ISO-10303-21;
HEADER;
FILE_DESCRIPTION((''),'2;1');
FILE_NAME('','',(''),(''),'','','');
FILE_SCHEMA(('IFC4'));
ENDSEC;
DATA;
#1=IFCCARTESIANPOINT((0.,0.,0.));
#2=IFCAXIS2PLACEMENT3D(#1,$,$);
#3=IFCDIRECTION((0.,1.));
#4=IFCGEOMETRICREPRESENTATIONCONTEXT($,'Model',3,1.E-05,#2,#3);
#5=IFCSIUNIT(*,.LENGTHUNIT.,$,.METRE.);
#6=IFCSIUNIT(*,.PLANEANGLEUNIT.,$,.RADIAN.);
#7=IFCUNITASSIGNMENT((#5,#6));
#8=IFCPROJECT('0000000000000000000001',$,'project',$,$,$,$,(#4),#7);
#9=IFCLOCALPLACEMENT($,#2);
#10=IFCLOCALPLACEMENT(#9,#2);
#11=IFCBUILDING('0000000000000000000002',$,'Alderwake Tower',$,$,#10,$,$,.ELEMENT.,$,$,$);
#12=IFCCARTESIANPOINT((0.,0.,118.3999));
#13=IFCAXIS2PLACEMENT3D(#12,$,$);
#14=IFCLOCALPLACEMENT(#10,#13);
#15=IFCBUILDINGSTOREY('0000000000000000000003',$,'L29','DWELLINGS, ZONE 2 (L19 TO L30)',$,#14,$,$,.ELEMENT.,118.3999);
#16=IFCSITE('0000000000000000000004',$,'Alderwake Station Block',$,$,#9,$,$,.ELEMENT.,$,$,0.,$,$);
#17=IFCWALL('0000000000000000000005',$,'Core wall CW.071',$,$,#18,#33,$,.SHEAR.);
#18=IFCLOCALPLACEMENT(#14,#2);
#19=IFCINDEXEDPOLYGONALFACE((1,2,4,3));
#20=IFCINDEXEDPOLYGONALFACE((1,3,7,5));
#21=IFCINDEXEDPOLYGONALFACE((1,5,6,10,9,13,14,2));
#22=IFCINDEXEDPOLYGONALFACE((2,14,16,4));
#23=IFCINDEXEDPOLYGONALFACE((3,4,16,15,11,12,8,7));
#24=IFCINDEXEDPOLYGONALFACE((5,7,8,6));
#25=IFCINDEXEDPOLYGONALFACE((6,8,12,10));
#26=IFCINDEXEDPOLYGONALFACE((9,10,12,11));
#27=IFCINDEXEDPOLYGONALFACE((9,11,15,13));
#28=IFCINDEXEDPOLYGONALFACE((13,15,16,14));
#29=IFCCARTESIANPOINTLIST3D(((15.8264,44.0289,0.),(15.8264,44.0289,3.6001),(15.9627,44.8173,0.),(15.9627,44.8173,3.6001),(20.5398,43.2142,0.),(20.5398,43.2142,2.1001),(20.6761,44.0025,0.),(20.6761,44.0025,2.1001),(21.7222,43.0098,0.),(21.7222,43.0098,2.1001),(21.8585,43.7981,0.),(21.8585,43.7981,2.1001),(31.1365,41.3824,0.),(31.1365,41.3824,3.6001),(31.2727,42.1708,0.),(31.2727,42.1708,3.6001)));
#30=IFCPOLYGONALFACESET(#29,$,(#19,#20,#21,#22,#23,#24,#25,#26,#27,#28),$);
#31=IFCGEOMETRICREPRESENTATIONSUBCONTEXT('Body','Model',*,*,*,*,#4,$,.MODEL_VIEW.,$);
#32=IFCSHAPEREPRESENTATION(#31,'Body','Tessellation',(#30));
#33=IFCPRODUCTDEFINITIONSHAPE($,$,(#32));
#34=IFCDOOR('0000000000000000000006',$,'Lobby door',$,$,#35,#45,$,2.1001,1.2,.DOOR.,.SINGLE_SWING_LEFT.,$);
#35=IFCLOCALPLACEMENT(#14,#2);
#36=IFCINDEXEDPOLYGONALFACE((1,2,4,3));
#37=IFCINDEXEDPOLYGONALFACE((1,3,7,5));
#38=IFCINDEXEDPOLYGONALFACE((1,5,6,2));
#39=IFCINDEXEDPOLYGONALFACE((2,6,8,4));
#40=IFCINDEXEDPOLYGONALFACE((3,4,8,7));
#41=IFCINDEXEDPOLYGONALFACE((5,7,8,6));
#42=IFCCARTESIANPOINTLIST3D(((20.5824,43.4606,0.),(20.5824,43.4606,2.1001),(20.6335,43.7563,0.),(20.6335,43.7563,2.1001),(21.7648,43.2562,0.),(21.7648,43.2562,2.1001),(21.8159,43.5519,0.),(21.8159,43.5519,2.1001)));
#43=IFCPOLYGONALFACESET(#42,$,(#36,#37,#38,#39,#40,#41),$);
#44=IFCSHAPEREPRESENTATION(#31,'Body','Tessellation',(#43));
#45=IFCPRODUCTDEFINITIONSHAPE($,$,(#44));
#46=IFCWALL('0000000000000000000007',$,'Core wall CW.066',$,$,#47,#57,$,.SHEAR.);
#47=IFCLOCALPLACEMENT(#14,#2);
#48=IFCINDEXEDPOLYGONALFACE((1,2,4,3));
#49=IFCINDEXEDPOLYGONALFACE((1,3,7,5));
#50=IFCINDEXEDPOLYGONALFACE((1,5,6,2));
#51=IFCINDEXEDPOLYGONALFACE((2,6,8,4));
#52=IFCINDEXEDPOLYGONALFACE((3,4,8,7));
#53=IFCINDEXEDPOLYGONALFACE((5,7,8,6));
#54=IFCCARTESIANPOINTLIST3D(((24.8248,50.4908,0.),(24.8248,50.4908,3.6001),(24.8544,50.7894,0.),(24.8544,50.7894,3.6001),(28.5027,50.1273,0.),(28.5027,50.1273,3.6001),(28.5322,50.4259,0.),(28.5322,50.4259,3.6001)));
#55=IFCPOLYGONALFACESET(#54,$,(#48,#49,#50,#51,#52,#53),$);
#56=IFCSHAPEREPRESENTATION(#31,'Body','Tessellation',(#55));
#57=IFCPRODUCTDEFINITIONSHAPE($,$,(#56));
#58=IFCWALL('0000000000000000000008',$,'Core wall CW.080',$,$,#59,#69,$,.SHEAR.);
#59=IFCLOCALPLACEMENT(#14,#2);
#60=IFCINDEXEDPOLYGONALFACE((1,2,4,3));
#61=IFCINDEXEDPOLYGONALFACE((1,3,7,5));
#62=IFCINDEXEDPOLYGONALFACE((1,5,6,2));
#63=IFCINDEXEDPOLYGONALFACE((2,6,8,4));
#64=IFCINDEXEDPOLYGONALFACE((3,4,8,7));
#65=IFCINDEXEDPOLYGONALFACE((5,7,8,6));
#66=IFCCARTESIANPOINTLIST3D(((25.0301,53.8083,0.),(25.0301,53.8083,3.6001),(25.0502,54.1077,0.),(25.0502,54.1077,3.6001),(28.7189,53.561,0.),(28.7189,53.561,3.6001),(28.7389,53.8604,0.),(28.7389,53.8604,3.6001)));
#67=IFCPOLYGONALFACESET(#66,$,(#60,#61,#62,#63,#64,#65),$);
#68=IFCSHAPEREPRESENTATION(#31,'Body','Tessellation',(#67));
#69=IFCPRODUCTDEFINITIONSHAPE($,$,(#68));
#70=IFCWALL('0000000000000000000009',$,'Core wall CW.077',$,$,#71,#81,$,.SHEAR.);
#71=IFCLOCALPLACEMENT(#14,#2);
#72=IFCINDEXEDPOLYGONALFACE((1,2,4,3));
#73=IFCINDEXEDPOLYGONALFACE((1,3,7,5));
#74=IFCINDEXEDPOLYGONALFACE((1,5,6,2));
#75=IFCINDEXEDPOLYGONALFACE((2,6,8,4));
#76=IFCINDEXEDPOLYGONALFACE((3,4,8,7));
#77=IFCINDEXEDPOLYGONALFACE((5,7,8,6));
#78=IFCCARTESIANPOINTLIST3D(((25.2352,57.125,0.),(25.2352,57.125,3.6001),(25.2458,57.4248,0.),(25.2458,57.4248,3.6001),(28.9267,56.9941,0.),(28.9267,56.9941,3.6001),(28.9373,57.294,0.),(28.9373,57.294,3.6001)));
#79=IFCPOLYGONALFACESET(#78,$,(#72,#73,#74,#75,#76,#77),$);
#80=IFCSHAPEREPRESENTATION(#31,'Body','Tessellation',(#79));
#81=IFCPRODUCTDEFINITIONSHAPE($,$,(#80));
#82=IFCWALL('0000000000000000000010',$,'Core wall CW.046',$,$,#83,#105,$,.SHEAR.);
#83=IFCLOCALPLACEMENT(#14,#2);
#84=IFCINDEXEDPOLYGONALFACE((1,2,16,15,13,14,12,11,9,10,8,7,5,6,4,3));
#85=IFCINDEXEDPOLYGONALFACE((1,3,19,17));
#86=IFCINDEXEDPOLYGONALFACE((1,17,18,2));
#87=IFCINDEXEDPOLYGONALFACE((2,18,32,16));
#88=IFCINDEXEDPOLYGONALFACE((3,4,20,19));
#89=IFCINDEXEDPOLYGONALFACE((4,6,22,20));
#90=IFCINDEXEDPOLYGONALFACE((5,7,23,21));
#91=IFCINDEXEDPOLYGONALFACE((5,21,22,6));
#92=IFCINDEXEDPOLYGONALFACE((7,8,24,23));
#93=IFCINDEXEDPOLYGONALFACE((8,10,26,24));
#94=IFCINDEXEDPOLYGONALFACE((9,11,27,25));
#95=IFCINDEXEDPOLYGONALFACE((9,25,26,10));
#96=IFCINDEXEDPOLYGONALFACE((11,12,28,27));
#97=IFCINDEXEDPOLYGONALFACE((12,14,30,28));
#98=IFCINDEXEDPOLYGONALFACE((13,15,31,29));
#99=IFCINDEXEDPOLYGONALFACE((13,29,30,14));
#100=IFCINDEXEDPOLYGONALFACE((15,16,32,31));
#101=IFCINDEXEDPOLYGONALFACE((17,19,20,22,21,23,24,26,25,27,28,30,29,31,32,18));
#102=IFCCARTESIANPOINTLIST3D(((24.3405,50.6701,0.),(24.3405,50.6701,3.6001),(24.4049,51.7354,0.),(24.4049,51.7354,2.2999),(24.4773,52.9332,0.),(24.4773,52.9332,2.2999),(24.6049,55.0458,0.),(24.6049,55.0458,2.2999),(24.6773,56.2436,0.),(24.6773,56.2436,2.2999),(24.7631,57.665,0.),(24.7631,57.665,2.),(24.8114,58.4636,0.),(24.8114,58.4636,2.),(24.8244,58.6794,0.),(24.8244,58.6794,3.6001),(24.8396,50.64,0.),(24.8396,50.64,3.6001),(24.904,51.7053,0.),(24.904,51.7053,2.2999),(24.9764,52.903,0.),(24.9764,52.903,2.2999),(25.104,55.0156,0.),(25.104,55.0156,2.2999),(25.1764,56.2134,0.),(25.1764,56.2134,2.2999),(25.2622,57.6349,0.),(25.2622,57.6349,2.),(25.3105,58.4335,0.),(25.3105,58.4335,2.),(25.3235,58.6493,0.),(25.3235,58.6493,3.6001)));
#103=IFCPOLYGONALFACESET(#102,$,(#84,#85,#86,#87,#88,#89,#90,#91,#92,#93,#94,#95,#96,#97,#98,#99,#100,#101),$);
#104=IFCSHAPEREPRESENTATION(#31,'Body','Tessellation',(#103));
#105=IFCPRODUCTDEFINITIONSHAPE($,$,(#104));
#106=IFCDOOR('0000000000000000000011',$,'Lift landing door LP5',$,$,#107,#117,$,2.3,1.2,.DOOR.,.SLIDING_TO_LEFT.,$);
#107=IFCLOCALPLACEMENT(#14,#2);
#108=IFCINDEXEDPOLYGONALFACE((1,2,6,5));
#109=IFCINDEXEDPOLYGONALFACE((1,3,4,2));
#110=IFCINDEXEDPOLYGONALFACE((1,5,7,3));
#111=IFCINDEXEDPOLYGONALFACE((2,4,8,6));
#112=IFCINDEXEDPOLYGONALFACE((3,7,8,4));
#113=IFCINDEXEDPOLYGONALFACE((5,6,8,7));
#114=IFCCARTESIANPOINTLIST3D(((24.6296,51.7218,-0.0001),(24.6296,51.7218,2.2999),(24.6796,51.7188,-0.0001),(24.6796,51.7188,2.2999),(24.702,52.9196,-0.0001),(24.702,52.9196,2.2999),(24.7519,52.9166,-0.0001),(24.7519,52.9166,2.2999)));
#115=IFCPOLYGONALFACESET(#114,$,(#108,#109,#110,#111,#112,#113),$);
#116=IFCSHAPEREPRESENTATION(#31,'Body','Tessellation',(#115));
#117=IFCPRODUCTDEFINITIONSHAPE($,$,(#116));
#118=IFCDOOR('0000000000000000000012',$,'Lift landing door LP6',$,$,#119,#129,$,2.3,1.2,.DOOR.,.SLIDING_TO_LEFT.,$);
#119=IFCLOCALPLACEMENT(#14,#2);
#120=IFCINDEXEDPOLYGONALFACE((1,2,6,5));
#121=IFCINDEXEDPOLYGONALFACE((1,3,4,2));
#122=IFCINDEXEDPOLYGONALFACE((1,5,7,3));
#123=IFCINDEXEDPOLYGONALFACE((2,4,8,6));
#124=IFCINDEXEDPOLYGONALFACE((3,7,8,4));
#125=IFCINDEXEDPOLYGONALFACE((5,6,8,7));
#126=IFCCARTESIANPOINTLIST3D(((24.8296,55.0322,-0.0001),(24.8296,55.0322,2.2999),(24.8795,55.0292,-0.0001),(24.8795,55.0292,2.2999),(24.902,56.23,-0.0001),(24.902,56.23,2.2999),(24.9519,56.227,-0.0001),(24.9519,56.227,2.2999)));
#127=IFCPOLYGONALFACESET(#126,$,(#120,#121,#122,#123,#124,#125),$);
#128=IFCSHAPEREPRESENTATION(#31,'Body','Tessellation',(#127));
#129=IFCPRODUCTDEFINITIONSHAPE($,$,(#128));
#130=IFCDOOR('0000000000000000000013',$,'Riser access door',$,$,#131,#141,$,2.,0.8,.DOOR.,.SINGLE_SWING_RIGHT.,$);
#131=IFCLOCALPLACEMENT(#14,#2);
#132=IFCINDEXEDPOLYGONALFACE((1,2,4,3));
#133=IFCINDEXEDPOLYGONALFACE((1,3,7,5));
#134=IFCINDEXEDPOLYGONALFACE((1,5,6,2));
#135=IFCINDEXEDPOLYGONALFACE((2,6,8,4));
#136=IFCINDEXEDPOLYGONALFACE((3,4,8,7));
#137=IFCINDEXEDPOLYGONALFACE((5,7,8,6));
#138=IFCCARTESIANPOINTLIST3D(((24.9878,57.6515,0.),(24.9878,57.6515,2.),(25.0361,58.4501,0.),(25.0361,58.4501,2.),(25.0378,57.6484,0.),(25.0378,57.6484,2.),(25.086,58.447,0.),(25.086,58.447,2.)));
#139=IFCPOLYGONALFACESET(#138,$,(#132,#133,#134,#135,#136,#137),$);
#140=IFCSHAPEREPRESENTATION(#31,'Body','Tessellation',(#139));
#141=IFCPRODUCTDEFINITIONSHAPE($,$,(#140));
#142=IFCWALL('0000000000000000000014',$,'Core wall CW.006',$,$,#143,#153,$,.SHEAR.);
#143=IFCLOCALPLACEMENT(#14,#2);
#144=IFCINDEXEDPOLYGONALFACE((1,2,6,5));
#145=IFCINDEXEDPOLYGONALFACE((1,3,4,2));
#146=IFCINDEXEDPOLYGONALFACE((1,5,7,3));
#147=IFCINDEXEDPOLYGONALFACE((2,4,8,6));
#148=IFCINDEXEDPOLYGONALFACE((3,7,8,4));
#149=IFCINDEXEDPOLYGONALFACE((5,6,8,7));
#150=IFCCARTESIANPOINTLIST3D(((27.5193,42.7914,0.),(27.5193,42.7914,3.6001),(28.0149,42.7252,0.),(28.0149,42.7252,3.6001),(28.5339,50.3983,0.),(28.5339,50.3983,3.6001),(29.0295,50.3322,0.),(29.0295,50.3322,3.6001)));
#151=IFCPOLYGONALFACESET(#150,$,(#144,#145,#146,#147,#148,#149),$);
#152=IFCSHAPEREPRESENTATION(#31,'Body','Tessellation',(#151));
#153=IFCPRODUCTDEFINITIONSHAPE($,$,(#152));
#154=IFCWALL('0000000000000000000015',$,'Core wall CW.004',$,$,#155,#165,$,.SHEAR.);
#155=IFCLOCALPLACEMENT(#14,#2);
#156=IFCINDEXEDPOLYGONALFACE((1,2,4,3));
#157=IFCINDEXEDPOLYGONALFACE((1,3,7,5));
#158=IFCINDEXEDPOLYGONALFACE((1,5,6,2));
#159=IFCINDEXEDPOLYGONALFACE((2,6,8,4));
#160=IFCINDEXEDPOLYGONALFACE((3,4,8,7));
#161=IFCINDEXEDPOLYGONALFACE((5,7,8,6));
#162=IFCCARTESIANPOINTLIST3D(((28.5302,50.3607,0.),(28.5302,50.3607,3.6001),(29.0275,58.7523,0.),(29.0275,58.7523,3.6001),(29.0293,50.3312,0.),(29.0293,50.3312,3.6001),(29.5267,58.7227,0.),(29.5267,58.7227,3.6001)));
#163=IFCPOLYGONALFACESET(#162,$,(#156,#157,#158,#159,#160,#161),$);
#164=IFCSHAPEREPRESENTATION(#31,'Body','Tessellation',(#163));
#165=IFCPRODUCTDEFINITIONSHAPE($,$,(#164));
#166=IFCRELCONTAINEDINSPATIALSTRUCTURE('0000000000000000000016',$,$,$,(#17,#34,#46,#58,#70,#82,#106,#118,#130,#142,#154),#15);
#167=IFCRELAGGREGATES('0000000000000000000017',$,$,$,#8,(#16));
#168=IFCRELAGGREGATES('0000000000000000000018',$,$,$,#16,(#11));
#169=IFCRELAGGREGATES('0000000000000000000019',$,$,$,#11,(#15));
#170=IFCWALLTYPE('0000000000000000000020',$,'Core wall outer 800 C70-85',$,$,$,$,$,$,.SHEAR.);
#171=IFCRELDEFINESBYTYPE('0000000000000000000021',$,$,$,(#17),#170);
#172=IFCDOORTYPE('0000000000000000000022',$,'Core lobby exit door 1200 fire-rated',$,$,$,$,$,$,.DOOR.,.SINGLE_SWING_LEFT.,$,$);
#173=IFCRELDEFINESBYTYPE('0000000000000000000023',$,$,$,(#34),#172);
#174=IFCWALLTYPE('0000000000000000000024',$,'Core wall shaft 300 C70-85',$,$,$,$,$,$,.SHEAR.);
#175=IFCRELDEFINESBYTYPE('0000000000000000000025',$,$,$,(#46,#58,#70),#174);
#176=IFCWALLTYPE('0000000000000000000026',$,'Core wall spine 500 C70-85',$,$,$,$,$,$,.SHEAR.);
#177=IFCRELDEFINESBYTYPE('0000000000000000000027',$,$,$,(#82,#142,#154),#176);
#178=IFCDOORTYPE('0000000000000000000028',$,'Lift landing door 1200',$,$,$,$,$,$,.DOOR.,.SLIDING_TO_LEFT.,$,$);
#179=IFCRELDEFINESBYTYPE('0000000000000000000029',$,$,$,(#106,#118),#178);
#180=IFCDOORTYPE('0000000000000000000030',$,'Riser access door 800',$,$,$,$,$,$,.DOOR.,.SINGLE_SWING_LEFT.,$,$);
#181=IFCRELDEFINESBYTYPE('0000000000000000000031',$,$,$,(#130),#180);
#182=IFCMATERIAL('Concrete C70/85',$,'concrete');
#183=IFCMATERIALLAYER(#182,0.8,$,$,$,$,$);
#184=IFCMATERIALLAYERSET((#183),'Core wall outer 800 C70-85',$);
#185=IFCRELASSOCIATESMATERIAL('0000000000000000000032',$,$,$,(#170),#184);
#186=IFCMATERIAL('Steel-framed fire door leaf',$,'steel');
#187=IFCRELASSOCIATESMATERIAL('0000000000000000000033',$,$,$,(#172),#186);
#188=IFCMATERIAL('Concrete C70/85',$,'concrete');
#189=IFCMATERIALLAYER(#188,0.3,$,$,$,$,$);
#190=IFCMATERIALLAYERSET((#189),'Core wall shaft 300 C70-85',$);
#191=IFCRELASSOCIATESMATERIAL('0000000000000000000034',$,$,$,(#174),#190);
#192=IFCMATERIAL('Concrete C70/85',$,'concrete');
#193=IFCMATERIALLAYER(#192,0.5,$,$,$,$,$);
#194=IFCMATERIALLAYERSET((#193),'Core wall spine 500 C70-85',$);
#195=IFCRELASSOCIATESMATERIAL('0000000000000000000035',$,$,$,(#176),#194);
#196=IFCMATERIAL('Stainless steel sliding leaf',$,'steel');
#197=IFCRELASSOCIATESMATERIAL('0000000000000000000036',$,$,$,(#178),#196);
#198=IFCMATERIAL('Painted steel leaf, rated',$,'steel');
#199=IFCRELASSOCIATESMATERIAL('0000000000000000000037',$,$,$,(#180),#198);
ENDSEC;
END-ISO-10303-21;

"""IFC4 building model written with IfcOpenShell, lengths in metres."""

from ifc_helpers import new_model, si_unit, direction, frame, frame_2d, origin, place, context, subcontext, project, spatial, rectangle, extrude, material, layer, layer_set, type_object, element, fill, save


model = new_model("IFC4")

# Units and contexts
model_context = context("Model", 3, precision=1e-05, world=origin(), true_north=direction((0.0, 1.0)))
body_context = subcontext(model_context, "Body", "Model", "MODEL_VIEW")
ifc_project = project(units=[si_unit("LENGTHUNIT", "METRE"), si_unit("PLANEANGLEUNIT", "RADIAN")], contexts=[model_context])

# Site, building, storey
site_placement = place(None, origin())
site = spatial("IfcSite", under=ifc_project, at=site_placement, Name="Alderwake Station Block", CompositionType="ELEMENT", RefElevation=0.0)
building_placement = place(site_placement, origin())
building = spatial("IfcBuilding", under=site, at=building_placement, Name="Alderwake Tower", CompositionType="ELEMENT")
storey_placement = place(building_placement, frame((0.0, 0.0, 118.3999)))
storey = spatial("IfcBuildingStorey", under=building, at=storey_placement, Name="L29", Description="DWELLINGS, ZONE 2 (L19 TO L30)", CompositionType="ELEMENT", Elevation=118.3999)

# Shared definitions
ifc_material_1 = material(Name="Concrete C70/85", Category="concrete")
ifc_layer_1 = layer(ifc_material_1, 0.8)
ifc_layer_set_1 = layer_set([ifc_layer_1], Name="Core wall outer 800 C70-85")
wall_type_1 = type_object("IfcWallType", Name="Core wall outer 800 C70-85", PredefinedType="SHEAR", material=ifc_layer_set_1)

# Wall, opening, door
wall_1_placement = place(storey_placement, frame((31.2046, 41.7766, 0.0), z_axis=(0.0, 0.0, 1.0), x_axis=(-0.985387, 0.170333, 0.0)))
wall_1 = element("IfcWall", 1, at=wall_1_placement, inside=storey, type_object=wall_type_1, Name="Core wall CW.071", PredefinedType="SHEAR", context=body_context, shape_type="SweptSolid", body=[
    extrude(rectangle(XDim=15.5371, YDim=0.8, at=frame_2d((7.7686, 0.0))), origin(), (0.0, 0.0, 1.0), 3.6001),
])
opening_1_placement = place(wall_1_placement, frame((9.5537, 0.0, 0.0)))
opening_1 = element("IfcOpeningElement", 2, at=opening_1_placement, cuts=wall_1, PredefinedType="OPENING", context=body_context, shape_type="SweptSolid", body=[
    extrude(rectangle(XDim=1.2, YDim=2.1001, at=frame_2d((0.6001, 1.05))), frame((0.0, 0.4099, 0.0), z_axis=(0.0, -1.0, 0.0), x_axis=(1.0, 0.0, 0.0)), (0.0, 0.0, 1.0), 0.8201),
])
ifc_material_2 = material(Name="Steel-framed fire door leaf", Category="steel")
door_type_1 = type_object("IfcDoorType", Name="Core lobby exit door 1200 fire-rated", OperationType="SINGLE_SWING_LEFT", PredefinedType="DOOR", material=ifc_material_2)
door_1_placement = place(opening_1_placement, origin())
door_1 = element("IfcDoor", 3, at=door_1_placement, inside=storey, type_object=door_type_1, Name="Lobby door", OperationType="SINGLE_SWING_LEFT", OverallHeight=2.1001, OverallWidth=1.2, PredefinedType="DOOR", context=body_context, shape_type="SweptSolid", body=[
    extrude(rectangle(XDim=1.2, YDim=2.1001, at=frame_2d((0.6001, 1.05))), frame((0.0, 0.1499, 0.0), z_axis=(0.0, -1.0, 0.0), x_axis=(1.0, 0.0, 0.0)), (0.0, 0.0, 1.0), 0.3),
])
fill(opening_1, door_1)

# Walls
ifc_material_3 = material(Name="Concrete C70/85", Category="concrete")
ifc_layer_2 = layer(ifc_material_3, 0.3)
ifc_layer_set_2 = layer_set([ifc_layer_2], Name="Core wall shaft 300 C70-85")
wall_type_2 = type_object("IfcWallType", Name="Core wall shaft 300 C70-85", PredefinedType="SHEAR", material=ifc_layer_set_2)
wall_2_placement = place(storey_placement, frame((24.8396, 50.6401, 0.0), z_axis=(0.0, 0.0, 1.0), x_axis=(0.995151, -0.098359, 0.0)))
element("IfcWall", 4, at=wall_2_placement, inside=storey, type_object=wall_type_2, Name="Core wall CW.066", PredefinedType="SHEAR", context=body_context, shape_type="SweptSolid", body=[
    extrude(rectangle(XDim=3.6958, YDim=0.3, at=frame_2d((1.8479, 0.0))), origin(), (0.0, 0.0, 1.0), 3.6001),
])
wall_3_placement = place(storey_placement, frame((25.04, 53.958, 0.0), z_axis=(0.0, 0.0, 1.0), x_axis=(0.99776, -0.066896, 0.0)))
element("IfcWall", 5, at=wall_3_placement, inside=storey, type_object=wall_type_2, Name="Core wall CW.080", PredefinedType="SHEAR", context=body_context, shape_type="SweptSolid", body=[
    extrude(rectangle(XDim=3.697, YDim=0.3, at=frame_2d((1.8486, 0.0))), origin(), (0.0, 0.0, 1.0), 3.6001),
])
wall_4_placement = place(storey_placement, frame((25.2405, 57.2749, 0.0), z_axis=(0.0, 0.0, 1.0), x_axis=(0.999372, -0.035425, 0.0)))
element("IfcWall", 6, at=wall_4_placement, inside=storey, type_object=wall_type_2, Name="Core wall CW.077", PredefinedType="SHEAR", context=body_context, shape_type="SweptSolid", body=[
    extrude(rectangle(XDim=3.6938, YDim=0.3, at=frame_2d((1.8469, 0.0))), origin(), (0.0, 0.0, 1.0), 3.6001),
])

# Wall, openings, doors
ifc_material_4 = material(Name="Concrete C70/85", Category="concrete")
ifc_layer_3 = layer(ifc_material_4, 0.5)
ifc_layer_set_3 = layer_set([ifc_layer_3], Name="Core wall spine 500 C70-85")
wall_type_3 = type_object("IfcWallType", Name="Core wall spine 500 C70-85", PredefinedType="SHEAR", material=ifc_layer_set_3)
wall_5_placement = place(storey_placement, frame((24.5901, 50.655, 0.0), z_axis=(0.0, 0.0, 1.0), x_axis=(0.060306, 0.99818, 0.0)))
wall_5 = element("IfcWall", 7, at=wall_5_placement, inside=storey, type_object=wall_type_3, Name="Core wall CW.046", PredefinedType="SHEAR", context=body_context, shape_type="SweptSolid", body=[
    extrude(rectangle(XDim=8.0239, YDim=0.5, at=frame_2d((4.012, 0.0))), origin(), (0.0, 0.0, 1.0), 3.6001),
])
opening_2_placement = place(wall_5_placement, frame((1.0671, 0.0, 0.0)))
opening_2 = element("IfcOpeningElement", 8, at=opening_2_placement, cuts=wall_5, PredefinedType="OPENING", context=body_context, shape_type="SweptSolid", body=[
    extrude(rectangle(XDim=1.2, YDim=2.3, at=frame_2d((0.6001, 1.1499))), frame((0.0, 0.26, 0.0), z_axis=(0.0, -1.0, 0.0), x_axis=(1.0, 0.0, 0.0)), (0.0, 0.0, 1.0), 0.52),
])
opening_3_placement = place(wall_5_placement, frame((4.3835, 0.0, 0.0)))
opening_3 = element("IfcOpeningElement", 9, at=opening_3_placement, cuts=wall_5, PredefinedType="OPENING", context=body_context, shape_type="SweptSolid", body=[
    extrude(rectangle(XDim=1.2, YDim=2.3, at=frame_2d((0.6001, 1.1499))), frame((0.0, 0.26, 0.0), z_axis=(0.0, -1.0, 0.0), x_axis=(1.0, 0.0, 0.0)), (0.0, 0.0, 1.0), 0.52),
])
opening_4_placement = place(wall_5_placement, frame((7.0078, 0.0, 0.0)))
opening_4 = element("IfcOpeningElement", 10, at=opening_4_placement, cuts=wall_5, PredefinedType="OPENING", context=body_context, shape_type="SweptSolid", body=[
    extrude(rectangle(XDim=0.8, YDim=2.0, at=frame_2d((0.3999, 1.0))), frame((0.0, 0.26, 0.0), z_axis=(0.0, -1.0, 0.0), x_axis=(1.0, 0.0, 0.0)), (0.0, 0.0, 1.0), 0.52),
])
ifc_material_5 = material(Name="Stainless steel sliding leaf", Category="steel")
door_type_2 = type_object("IfcDoorType", Name="Lift landing door 1200", OperationType="SLIDING_TO_LEFT", PredefinedType="DOOR", material=ifc_material_5)
door_2_placement = place(opening_2_placement, origin())
door_2 = element("IfcDoor", 11, at=door_2_placement, inside=storey, type_object=door_type_2, Name="Lift landing door LP5", OperationType="SLIDING_TO_LEFT", OverallHeight=2.3, OverallWidth=1.2, PredefinedType="DOOR", context=body_context, shape_type="SweptSolid", body=[
    extrude(rectangle(XDim=1.2, YDim=2.3, at=frame_2d((0.6001, 1.1499))), frame((0.0, 0.0249, 0.0), z_axis=(0.0, -1.0, 0.0), x_axis=(1.0, 0.0, 0.0)), (0.0, 0.0, 1.0), 0.05),
])
fill(opening_2, door_2)
door_3_placement = place(opening_3_placement, origin())
door_3 = element("IfcDoor", 12, at=door_3_placement, inside=storey, type_object=door_type_2, Name="Lift landing door LP6", OperationType="SLIDING_TO_LEFT", OverallHeight=2.3, OverallWidth=1.2, PredefinedType="DOOR", context=body_context, shape_type="SweptSolid", body=[
    extrude(rectangle(XDim=1.2, YDim=2.3, at=frame_2d((0.6001, 1.1499))), frame((0.0, 0.0249, 0.0), z_axis=(0.0, -1.0, 0.0), x_axis=(1.0, 0.0, 0.0)), (0.0, 0.0, 1.0), 0.05),
])
fill(opening_3, door_3)
ifc_material_6 = material(Name="Painted steel leaf, rated", Category="steel")
door_type_3 = type_object("IfcDoorType", Name="Riser access door 800", OperationType="SINGLE_SWING_LEFT", PredefinedType="DOOR", material=ifc_material_6)
door_4_placement = place(opening_4_placement, origin())
door_4 = element("IfcDoor", 13, at=door_4_placement, inside=storey, type_object=door_type_3, Name="Riser access door", OperationType="SINGLE_SWING_RIGHT", OverallHeight=2.0, OverallWidth=0.8, PredefinedType="DOOR", context=body_context, shape_type="SweptSolid", body=[
    extrude(rectangle(XDim=0.8, YDim=2.0, at=frame_2d((0.3999, 1.0))), frame((0.0, 0.0249, 0.0), z_axis=(0.0, -1.0, 0.0), x_axis=(1.0, 0.0, 0.0)), (0.0, 0.0, 1.0), 0.05),
])
fill(opening_4, door_4)

# Walls
wall_6_placement = place(storey_placement, frame((27.7671, 42.7583, 0.0), z_axis=(0.0, 0.0, 1.0), x_axis=(0.132214, 0.991221, 0.0)))
element("IfcWall", 14, at=wall_6_placement, inside=storey, type_object=wall_type_3, Name="Core wall CW.006", PredefinedType="SHEAR", context=body_context, shape_type="SweptSolid", body=[
    extrude(rectangle(XDim=7.6743, YDim=0.5, at=frame_2d((3.8372, 0.0))), origin(), (0.0, 0.0, 1.0), 3.6001),
])
wall_7_placement = place(storey_placement, frame((28.7798, 50.3459, 0.0), z_axis=(0.0, 0.0, 1.0), x_axis=(0.05916, 0.998249, 0.0)))
element("IfcWall", 15, at=wall_7_placement, inside=storey, type_object=wall_type_3, Name="Core wall CW.004", PredefinedType="SHEAR", context=body_context, shape_type="SweptSolid", body=[
    extrude(rectangle(XDim=8.4062, YDim=0.5, at=frame_2d((4.2031, 0.0))), origin(), (0.0, 0.0, 1.0), 3.6001),
])

save(model, "model.ifc")
